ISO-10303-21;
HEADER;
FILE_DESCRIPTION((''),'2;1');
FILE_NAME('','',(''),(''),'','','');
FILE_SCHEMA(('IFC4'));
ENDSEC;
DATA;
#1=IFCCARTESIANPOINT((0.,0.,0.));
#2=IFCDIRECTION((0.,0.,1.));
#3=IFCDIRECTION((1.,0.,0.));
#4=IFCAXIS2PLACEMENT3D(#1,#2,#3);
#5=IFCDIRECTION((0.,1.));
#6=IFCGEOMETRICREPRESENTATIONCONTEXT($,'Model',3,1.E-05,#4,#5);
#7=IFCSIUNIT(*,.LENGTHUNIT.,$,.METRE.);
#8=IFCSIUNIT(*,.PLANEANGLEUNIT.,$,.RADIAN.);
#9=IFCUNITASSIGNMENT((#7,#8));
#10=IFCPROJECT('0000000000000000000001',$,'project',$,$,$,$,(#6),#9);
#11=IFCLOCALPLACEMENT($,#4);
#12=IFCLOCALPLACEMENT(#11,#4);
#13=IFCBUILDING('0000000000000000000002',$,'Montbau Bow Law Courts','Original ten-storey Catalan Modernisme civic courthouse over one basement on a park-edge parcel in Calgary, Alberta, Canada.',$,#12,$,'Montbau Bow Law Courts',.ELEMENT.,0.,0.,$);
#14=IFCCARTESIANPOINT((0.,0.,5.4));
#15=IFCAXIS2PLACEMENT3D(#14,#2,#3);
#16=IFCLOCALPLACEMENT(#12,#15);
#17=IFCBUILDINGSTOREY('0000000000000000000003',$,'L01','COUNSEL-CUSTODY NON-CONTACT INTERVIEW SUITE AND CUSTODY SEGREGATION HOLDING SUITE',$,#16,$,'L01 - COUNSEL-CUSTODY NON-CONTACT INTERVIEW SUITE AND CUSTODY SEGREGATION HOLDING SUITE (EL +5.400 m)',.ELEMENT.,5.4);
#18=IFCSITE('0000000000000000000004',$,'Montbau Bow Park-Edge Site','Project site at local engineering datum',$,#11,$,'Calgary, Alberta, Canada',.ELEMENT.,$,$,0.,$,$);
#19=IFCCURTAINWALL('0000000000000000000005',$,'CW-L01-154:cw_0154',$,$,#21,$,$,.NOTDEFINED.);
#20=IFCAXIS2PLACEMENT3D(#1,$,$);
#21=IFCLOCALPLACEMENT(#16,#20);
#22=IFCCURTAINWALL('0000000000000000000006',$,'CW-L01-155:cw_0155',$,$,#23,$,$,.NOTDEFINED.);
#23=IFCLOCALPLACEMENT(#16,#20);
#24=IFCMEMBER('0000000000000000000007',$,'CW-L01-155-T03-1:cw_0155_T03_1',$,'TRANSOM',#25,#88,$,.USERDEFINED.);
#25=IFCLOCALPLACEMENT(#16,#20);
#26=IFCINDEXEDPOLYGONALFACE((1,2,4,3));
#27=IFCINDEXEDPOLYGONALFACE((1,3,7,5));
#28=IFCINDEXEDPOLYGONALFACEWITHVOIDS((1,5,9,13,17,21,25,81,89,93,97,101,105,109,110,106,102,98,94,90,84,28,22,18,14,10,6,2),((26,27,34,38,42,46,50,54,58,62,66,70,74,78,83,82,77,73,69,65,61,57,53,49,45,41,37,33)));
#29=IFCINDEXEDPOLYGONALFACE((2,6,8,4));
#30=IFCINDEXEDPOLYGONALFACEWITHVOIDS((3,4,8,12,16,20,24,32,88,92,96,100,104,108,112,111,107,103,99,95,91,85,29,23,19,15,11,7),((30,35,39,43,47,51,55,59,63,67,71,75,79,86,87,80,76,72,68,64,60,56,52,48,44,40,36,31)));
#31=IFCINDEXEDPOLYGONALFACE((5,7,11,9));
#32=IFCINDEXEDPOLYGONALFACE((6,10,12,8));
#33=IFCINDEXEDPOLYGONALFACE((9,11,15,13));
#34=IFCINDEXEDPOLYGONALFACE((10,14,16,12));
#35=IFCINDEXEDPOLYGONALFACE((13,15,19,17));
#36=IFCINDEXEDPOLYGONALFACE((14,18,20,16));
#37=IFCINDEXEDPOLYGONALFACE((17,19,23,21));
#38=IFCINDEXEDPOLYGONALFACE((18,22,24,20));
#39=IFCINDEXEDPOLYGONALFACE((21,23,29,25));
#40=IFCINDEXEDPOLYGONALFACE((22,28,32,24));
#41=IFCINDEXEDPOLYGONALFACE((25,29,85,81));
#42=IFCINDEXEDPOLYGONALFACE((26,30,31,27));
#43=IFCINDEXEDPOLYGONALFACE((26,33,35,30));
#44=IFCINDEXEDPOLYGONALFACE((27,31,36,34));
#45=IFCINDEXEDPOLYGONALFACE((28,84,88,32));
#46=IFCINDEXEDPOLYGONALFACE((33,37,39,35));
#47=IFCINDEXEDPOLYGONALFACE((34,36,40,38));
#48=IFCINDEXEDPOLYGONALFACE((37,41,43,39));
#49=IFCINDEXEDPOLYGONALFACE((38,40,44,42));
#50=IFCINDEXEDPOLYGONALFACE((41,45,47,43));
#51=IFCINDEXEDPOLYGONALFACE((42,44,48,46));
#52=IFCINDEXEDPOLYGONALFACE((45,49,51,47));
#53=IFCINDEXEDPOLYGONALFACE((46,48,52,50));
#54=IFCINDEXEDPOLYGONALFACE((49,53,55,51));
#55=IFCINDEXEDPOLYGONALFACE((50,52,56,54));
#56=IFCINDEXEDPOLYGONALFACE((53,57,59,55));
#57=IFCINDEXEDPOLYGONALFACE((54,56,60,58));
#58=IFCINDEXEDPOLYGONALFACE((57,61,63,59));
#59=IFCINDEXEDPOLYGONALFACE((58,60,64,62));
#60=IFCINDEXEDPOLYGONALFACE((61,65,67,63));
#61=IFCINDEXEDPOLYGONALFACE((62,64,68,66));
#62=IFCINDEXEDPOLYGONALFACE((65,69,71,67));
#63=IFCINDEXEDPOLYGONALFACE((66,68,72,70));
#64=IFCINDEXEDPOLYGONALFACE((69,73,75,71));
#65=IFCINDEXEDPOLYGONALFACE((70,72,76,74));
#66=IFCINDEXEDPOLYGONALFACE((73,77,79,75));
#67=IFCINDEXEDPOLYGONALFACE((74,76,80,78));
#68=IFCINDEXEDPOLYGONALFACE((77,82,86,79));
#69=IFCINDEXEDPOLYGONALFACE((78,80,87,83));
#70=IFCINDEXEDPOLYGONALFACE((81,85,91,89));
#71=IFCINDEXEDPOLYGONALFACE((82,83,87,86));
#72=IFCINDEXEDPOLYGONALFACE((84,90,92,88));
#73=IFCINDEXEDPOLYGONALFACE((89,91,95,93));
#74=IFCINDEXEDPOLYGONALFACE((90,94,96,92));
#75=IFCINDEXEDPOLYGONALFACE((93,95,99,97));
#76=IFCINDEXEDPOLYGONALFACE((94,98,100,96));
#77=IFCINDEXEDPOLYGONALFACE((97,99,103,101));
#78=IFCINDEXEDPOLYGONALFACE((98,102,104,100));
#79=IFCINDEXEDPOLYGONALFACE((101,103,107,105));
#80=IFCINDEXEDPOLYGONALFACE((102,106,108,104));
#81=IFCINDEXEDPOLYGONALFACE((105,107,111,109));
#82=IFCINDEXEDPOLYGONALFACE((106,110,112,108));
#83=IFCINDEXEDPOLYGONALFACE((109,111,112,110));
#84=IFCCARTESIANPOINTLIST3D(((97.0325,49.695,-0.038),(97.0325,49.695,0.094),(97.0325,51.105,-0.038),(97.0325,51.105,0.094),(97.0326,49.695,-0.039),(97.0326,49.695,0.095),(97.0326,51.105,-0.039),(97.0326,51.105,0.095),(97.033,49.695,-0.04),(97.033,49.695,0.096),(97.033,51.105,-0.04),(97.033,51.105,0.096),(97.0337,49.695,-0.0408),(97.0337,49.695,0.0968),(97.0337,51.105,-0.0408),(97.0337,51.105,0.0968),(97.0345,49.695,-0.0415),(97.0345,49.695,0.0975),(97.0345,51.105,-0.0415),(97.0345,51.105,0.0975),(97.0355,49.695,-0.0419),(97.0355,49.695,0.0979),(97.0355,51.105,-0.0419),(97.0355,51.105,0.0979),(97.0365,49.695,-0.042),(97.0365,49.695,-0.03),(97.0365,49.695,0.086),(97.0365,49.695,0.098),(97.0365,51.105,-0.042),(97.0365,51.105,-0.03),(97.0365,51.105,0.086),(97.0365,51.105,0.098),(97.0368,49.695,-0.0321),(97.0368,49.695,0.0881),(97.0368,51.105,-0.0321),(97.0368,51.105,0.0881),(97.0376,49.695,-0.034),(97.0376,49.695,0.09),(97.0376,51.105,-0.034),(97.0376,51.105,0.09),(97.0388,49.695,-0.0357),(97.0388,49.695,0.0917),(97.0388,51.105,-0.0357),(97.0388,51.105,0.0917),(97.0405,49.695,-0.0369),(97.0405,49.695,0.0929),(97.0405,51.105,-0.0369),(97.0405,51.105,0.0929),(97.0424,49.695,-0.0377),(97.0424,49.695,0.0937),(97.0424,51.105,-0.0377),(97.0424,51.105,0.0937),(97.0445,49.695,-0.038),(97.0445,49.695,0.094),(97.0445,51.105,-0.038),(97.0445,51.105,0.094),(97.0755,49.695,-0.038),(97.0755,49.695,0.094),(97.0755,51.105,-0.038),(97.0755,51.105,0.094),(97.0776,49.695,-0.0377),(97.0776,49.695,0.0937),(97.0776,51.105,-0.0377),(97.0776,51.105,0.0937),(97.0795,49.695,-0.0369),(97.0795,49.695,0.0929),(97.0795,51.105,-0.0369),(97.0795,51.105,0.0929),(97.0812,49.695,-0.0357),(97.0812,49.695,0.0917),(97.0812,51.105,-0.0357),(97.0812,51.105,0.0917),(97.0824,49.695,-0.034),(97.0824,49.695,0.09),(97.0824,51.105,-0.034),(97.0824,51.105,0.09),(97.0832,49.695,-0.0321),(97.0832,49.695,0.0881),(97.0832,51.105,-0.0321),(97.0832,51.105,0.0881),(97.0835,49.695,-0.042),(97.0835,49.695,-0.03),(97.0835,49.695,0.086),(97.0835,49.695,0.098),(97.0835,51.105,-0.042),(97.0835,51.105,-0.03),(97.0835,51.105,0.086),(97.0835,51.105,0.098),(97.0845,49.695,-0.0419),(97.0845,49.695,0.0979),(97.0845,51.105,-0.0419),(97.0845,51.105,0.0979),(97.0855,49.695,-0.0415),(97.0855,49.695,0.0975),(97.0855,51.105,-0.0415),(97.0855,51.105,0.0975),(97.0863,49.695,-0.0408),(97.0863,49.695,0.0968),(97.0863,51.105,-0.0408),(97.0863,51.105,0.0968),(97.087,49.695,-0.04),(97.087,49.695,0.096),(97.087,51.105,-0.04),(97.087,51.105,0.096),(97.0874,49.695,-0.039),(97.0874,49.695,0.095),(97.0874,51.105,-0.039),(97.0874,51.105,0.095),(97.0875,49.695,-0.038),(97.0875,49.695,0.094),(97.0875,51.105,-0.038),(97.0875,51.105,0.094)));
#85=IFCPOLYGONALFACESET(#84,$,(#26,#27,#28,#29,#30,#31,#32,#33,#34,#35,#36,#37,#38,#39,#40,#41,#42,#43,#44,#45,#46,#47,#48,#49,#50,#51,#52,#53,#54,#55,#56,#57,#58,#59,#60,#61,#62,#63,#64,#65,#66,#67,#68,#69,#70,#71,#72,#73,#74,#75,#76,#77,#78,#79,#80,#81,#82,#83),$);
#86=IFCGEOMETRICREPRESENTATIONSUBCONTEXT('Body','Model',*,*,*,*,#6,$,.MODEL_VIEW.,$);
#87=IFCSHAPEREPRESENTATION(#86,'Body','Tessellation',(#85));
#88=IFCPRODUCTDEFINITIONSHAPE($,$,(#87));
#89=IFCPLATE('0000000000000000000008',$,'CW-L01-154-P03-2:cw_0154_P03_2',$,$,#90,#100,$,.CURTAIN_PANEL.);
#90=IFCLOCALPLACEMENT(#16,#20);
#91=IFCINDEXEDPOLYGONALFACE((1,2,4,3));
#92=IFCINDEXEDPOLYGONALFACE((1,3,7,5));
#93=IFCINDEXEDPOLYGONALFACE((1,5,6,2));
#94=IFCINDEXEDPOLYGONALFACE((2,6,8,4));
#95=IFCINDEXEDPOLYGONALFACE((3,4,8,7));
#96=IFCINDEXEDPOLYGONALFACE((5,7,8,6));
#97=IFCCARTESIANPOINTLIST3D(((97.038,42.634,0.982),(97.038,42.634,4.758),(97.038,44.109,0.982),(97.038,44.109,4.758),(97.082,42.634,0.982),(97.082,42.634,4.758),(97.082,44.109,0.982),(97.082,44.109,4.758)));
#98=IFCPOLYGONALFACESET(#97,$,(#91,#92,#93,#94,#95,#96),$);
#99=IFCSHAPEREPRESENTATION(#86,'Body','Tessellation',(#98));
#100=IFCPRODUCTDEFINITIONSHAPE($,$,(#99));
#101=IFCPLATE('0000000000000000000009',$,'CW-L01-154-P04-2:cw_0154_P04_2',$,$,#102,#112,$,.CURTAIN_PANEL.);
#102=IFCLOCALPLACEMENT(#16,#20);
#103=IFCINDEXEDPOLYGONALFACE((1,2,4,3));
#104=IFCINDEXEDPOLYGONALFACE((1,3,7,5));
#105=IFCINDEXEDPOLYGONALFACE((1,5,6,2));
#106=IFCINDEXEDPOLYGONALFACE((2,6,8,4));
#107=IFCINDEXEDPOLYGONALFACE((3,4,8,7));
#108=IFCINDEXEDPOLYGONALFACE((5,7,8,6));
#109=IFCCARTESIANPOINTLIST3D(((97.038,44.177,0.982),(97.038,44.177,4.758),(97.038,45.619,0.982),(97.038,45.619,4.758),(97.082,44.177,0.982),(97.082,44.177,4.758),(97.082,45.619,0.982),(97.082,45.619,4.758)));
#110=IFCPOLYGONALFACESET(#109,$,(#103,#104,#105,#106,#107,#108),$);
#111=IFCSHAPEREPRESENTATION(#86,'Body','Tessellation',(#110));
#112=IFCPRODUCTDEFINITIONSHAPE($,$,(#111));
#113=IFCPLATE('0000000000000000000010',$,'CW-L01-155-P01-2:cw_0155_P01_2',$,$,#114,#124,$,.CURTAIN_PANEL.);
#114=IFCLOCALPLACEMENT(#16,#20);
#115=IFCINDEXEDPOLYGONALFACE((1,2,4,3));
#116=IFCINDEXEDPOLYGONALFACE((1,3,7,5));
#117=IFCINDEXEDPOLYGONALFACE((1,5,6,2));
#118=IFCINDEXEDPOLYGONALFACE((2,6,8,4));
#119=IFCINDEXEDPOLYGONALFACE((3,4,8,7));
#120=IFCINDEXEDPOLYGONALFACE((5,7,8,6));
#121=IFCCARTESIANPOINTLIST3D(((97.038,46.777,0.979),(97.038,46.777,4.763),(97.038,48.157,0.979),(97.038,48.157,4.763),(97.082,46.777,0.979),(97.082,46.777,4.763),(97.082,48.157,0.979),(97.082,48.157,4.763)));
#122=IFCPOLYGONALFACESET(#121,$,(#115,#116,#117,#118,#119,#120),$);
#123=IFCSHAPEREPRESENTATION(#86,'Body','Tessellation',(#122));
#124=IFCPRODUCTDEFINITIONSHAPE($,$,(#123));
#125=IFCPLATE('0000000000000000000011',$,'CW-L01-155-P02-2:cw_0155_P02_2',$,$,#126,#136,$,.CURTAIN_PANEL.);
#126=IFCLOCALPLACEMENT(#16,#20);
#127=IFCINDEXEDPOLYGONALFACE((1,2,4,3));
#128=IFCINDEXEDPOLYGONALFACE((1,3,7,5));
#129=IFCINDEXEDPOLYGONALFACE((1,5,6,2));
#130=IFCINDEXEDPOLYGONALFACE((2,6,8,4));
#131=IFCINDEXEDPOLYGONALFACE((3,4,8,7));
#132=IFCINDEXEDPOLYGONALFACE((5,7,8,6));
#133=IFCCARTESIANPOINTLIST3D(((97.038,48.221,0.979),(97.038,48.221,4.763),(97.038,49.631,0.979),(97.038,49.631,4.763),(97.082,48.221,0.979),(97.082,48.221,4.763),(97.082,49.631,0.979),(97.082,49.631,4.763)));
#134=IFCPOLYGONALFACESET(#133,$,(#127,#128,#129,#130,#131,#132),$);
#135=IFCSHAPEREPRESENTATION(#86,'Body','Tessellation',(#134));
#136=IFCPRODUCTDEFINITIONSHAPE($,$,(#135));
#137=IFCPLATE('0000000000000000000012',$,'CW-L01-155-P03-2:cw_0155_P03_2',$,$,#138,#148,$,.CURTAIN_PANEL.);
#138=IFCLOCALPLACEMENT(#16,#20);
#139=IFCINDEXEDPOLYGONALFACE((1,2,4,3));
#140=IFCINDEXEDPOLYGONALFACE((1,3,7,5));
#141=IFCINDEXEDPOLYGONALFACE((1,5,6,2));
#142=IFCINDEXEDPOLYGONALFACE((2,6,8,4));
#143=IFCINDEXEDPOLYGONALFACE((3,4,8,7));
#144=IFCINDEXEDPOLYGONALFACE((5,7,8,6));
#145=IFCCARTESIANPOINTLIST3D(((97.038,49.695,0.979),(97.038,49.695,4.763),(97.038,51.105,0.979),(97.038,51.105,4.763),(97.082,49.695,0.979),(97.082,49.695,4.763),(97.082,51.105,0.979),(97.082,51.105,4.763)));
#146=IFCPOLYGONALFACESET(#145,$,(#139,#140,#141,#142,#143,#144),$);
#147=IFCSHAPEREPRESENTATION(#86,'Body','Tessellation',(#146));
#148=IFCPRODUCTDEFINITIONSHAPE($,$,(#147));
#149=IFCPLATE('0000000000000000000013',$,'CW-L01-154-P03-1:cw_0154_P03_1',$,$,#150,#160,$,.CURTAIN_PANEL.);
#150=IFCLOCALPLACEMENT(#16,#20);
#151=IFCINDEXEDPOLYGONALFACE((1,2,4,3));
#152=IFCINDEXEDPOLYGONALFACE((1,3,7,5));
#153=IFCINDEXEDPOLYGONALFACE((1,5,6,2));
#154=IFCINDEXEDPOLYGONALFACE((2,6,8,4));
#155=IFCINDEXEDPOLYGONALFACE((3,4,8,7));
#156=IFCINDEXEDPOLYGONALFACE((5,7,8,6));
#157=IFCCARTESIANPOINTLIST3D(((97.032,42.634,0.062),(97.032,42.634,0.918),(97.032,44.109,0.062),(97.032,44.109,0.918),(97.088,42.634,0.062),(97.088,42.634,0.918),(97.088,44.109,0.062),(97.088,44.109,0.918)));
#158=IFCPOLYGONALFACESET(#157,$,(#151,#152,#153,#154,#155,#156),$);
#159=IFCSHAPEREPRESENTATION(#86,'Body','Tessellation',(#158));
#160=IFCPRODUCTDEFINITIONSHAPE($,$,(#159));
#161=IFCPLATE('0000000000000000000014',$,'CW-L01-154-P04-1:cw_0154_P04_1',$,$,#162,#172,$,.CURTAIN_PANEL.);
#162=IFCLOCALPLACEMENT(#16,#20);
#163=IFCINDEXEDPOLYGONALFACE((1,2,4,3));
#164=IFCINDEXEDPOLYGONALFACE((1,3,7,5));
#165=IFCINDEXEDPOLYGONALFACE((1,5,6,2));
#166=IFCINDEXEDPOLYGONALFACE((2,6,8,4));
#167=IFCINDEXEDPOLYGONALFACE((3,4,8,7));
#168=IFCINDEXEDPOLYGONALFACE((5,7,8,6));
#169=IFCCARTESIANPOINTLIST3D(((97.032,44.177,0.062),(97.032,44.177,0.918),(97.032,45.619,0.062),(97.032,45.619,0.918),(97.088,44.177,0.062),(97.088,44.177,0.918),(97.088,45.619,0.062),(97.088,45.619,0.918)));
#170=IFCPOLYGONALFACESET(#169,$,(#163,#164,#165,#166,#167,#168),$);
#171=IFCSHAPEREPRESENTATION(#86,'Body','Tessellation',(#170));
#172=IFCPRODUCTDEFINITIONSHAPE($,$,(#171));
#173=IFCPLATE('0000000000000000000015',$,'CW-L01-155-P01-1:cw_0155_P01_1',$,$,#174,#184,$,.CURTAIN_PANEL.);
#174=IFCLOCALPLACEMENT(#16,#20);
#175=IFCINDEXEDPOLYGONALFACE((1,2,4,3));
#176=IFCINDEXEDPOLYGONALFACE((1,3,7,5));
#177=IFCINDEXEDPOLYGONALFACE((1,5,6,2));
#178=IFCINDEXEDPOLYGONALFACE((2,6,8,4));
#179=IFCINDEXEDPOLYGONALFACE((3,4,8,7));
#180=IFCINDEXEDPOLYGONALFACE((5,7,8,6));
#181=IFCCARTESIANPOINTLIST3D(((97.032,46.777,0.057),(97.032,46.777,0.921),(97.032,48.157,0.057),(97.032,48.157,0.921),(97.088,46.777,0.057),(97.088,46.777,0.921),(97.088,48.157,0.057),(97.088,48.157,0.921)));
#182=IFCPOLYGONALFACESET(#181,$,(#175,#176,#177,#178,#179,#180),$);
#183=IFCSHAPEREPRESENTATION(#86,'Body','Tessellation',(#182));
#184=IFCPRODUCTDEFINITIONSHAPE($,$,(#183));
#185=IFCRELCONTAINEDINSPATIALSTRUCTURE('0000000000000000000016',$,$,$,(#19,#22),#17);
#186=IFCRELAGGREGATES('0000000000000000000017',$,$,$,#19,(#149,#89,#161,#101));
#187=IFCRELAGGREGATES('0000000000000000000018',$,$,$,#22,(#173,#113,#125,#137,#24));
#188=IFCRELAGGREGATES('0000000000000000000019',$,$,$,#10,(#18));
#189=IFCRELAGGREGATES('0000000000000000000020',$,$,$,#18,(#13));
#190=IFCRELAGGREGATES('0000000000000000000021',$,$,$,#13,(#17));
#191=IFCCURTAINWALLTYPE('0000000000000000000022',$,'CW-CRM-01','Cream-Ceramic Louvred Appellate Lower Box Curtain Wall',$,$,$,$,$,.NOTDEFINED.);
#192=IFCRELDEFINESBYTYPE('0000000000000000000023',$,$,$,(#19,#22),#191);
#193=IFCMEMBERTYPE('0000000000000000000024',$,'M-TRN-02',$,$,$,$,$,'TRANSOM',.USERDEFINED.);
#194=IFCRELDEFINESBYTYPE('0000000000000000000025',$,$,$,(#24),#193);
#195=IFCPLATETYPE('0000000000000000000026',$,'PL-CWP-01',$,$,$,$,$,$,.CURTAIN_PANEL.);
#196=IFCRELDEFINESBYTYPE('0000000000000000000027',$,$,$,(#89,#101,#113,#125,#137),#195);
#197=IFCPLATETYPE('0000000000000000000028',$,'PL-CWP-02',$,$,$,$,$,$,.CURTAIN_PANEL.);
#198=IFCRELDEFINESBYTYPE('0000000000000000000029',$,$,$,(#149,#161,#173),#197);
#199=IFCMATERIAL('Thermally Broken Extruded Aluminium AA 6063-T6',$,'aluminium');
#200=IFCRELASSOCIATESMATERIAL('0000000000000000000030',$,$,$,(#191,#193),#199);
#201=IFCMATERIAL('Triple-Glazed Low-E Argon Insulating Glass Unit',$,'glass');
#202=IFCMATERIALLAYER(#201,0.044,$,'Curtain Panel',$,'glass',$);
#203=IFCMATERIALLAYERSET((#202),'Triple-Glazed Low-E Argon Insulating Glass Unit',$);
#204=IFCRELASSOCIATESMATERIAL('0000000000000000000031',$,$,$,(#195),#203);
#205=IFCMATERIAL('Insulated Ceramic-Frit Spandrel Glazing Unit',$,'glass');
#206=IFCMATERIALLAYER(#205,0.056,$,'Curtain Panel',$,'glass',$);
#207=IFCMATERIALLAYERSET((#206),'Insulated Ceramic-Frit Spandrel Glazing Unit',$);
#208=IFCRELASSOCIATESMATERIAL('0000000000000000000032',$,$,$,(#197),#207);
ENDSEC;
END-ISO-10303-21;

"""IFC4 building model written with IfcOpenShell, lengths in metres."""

from ifc_helpers import new_model, si_unit, direction, frame, frame_2d, origin_with_axes, origin_2d_with_axis, place, context, subcontext, project, spatial, rectangle, hollow_rectangle, extrude, material, layer, layer_set, material_profile, profile_set, type_object, element, aggregate, save


model = new_model("IFC4")

# Units and contexts
model_context = context("Model", 3, precision=1e-05, world=origin_with_axes(), true_north=direction((0.0, 1.0)))
body_context = subcontext(model_context, "Body", "Model", "MODEL_VIEW")
ifc_project = project(units=[si_unit("LENGTHUNIT", "METRE"), si_unit("PLANEANGLEUNIT", "RADIAN")], contexts=[model_context])

# Site, building, storey
site_placement = place(None, origin_with_axes())
site = spatial("IfcSite", under=ifc_project, at=site_placement, Name="Montbau Bow Park-Edge Site", Description="Project site at local engineering datum", LongName="Calgary, Alberta, Canada", CompositionType="ELEMENT", RefElevation=0.0)
building_placement = place(site_placement, origin_with_axes())
building = spatial("IfcBuilding", under=site, at=building_placement, Name="Montbau Bow Law Courts", Description="Original ten-storey Catalan Modernisme civic courthouse over one basement on a park-edge parcel in Calgary, Alberta, Canada.", LongName="Montbau Bow Law Courts", CompositionType="ELEMENT", ElevationOfRefHeight=0.0, ElevationOfTerrain=0.0)
storey_placement = place(building_placement, frame((0.0, 0.0, 5.4), z_axis=(0.0, 0.0, 1.0), x_axis=(1.0, 0.0, 0.0)))
storey = spatial("IfcBuildingStorey", under=building, at=storey_placement, Name="L01", Description="COUNSEL-CUSTODY NON-CONTACT INTERVIEW SUITE AND CUSTODY SEGREGATION HOLDING SUITE", LongName="L01 - COUNSEL-CUSTODY NON-CONTACT INTERVIEW SUITE AND CUSTODY SEGREGATION HOLDING SUITE (EL +5.400 m)", CompositionType="ELEMENT", Elevation=5.4)

# Curtain walls
ifc_material_1 = material(Name="Thermally Broken Extruded Aluminium AA 6063-T6", Category="aluminium")
curtain_wall_type = type_object("IfcCurtainWallType", Name="CW-CRM-01", Description="Cream-Ceramic Louvred Appellate Lower Box Curtain Wall", PredefinedType="NOTDEFINED", material=ifc_material_1)
curtain_wall_1_placement = place(None, frame((97.06, 39.515, 5.4), z_axis=(0.0, 0.0, 1.0), x_axis=(1.0, 0.0, 0.0)))
curtain_wall_1 = element("IfcCurtainWall", 1, at=curtain_wall_1_placement, inside=storey, type_object=curtain_wall_type, Name="CW-L01-154:cw_0154", PredefinedType="NOTDEFINED")
curtain_wall_2_placement = place(None, frame((97.06, 46.715, 5.4), z_axis=(0.0, 0.0, 1.0), x_axis=(1.0, 0.0, 0.0)))
curtain_wall_2 = element("IfcCurtainWall", 2, at=curtain_wall_2_placement, inside=storey, type_object=curtain_wall_type, Name="CW-L01-155:cw_0155", PredefinedType="NOTDEFINED")

# Member
ifc_material_profile_1 = material_profile(ifc_material_1, hollow_rectangle(XDim=0.055, YDim=0.14, WallThickness=0.004, InnerFilletRadius=0.008, OuterFilletRadius=0.004, at=origin_2d_with_axis()), Name="CWT-140X55", Category="Main", Priority=0)
ifc_profile_set_1 = profile_set([ifc_material_profile_1], Name="Thermally Broken Extruded Aluminium AA 6063-T6")
member_type_1 = type_object("IfcMemberType", Name="M-TRN-02", ElementType="TRANSOM", PredefinedType="USERDEFINED", material=ifc_profile_set_1)
member_1_placement = place(None, frame((97.06, 49.695, 5.428), z_axis=(0.0, 1.0, 0.0), x_axis=(-1.0, 0.0, 0.0)))
member_1 = element("IfcMember", 3, at=member_1_placement, type_object=member_type_1, Name="CW-L01-155-T03-1:cw_0155_T03_1", ObjectType="TRANSOM", PredefinedType="USERDEFINED", context=body_context, shape_type="SweptSolid", body=[
    extrude(hollow_rectangle(XDim=0.055, YDim=0.14, WallThickness=0.004, InnerFilletRadius=0.008, OuterFilletRadius=0.004, at=origin_2d_with_axis()), origin_with_axes(), (0.0, 0.0, 1.0), 1.41),
])

# Plates
ifc_material_2 = material(Name="Triple-Glazed Low-E Argon Insulating Glass Unit", Category="glass")
ifc_layer_1 = layer(ifc_material_2, 0.044, Name="Curtain Panel", Category="glass")
ifc_layer_set_1 = layer_set([ifc_layer_1], Name="Triple-Glazed Low-E Argon Insulating Glass Unit")
plate_type_1 = type_object("IfcPlateType", Name="PL-CWP-01", PredefinedType="CURTAIN_PANEL", material=ifc_layer_set_1)
plate_1_placement = place(None, frame((97.06, 42.634, 6.382), z_axis=(1.0, 0.0, 0.0), x_axis=(0.0, 1.0, 0.0)))
plate_1 = element("IfcPlate", 4, at=plate_1_placement, type_object=plate_type_1, Name="CW-L01-154-P03-2:cw_0154_P03_2", PredefinedType="CURTAIN_PANEL", context=body_context, shape_type="SweptSolid", body=[
    extrude(rectangle(XDim=1.475, YDim=3.776, at=frame_2d((0.7375, 1.888), x_axis=(1.0, 0.0))), frame((0.0, 0.0, -0.022), z_axis=(0.0, 0.0, 1.0), x_axis=(1.0, 0.0, 0.0)), (0.0, 0.0, 1.0), 0.044),
])
plate_2_placement = place(None, frame((97.06, 44.177, 6.382), z_axis=(1.0, 0.0, 0.0), x_axis=(0.0, 1.0, 0.0)))
plate_2 = element("IfcPlate", 5, at=plate_2_placement, type_object=plate_type_1, Name="CW-L01-154-P04-2:cw_0154_P04_2", PredefinedType="CURTAIN_PANEL", context=body_context, shape_type="SweptSolid", body=[
    extrude(rectangle(XDim=1.442, YDim=3.776, at=frame_2d((0.721, 1.888), x_axis=(1.0, 0.0))), frame((0.0, 0.0, -0.022), z_axis=(0.0, 0.0, 1.0), x_axis=(1.0, 0.0, 0.0)), (0.0, 0.0, 1.0), 0.044),
])
plate_3_placement = place(None, frame((97.06, 46.777, 6.379), z_axis=(1.0, 0.0, 0.0), x_axis=(0.0, 1.0, 0.0)))
plate_3 = element("IfcPlate", 6, at=plate_3_placement, type_object=plate_type_1, Name="CW-L01-155-P01-2:cw_0155_P01_2", PredefinedType="CURTAIN_PANEL", context=body_context, shape_type="SweptSolid", body=[
    extrude(rectangle(XDim=1.38, YDim=3.784, at=frame_2d((0.69, 1.892), x_axis=(1.0, 0.0))), frame((0.0, 0.0, -0.022), z_axis=(0.0, 0.0, 1.0), x_axis=(1.0, 0.0, 0.0)), (0.0, 0.0, 1.0), 0.044),
])
plate_4_placement = place(None, frame((97.06, 48.221, 6.379), z_axis=(1.0, 0.0, 0.0), x_axis=(0.0, 1.0, 0.0)))
plate_4 = element("IfcPlate", 7, at=plate_4_placement, type_object=plate_type_1, Name="CW-L01-155-P02-2:cw_0155_P02_2", PredefinedType="CURTAIN_PANEL", context=body_context, shape_type="SweptSolid", body=[
    extrude(rectangle(XDim=1.41, YDim=3.784, at=frame_2d((0.705, 1.892), x_axis=(1.0, 0.0))), frame((0.0, 0.0, -0.022), z_axis=(0.0, 0.0, 1.0), x_axis=(1.0, 0.0, 0.0)), (0.0, 0.0, 1.0), 0.044),
])
plate_5_placement = place(None, frame((97.06, 49.695, 6.379), z_axis=(1.0, 0.0, 0.0), x_axis=(0.0, 1.0, 0.0)))
plate_5 = element("IfcPlate", 8, at=plate_5_placement, type_object=plate_type_1, Name="CW-L01-155-P03-2:cw_0155_P03_2", PredefinedType="CURTAIN_PANEL", context=body_context, shape_type="SweptSolid", body=[
    extrude(rectangle(XDim=1.41, YDim=3.784, at=frame_2d((0.705, 1.892), x_axis=(1.0, 0.0))), frame((0.0, 0.0, -0.022), z_axis=(0.0, 0.0, 1.0), x_axis=(1.0, 0.0, 0.0)), (0.0, 0.0, 1.0), 0.044),
])
ifc_material_3 = material(Name="Insulated Ceramic-Frit Spandrel Glazing Unit", Category="glass")
ifc_layer_2 = layer(ifc_material_3, 0.056, Name="Curtain Panel", Category="glass")
ifc_layer_set_2 = layer_set([ifc_layer_2], Name="Insulated Ceramic-Frit Spandrel Glazing Unit")
plate_type_2 = type_object("IfcPlateType", Name="PL-CWP-02", PredefinedType="CURTAIN_PANEL", material=ifc_layer_set_2)
plate_6_placement = place(None, frame((97.06, 42.634, 5.462), z_axis=(1.0, 0.0, 0.0), x_axis=(0.0, 1.0, 0.0)))
plate_6 = element("IfcPlate", 9, at=plate_6_placement, type_object=plate_type_2, Name="CW-L01-154-P03-1:cw_0154_P03_1", PredefinedType="CURTAIN_PANEL", context=body_context, shape_type="SweptSolid", body=[
    extrude(rectangle(XDim=1.475, YDim=0.856, at=frame_2d((0.7375, 0.428), x_axis=(1.0, 0.0))), frame((0.0, 0.0, -0.028), z_axis=(0.0, 0.0, 1.0), x_axis=(1.0, 0.0, 0.0)), (0.0, 0.0, 1.0), 0.056),
])
plate_7_placement = place(None, frame((97.06, 44.177, 5.462), z_axis=(1.0, 0.0, 0.0), x_axis=(0.0, 1.0, 0.0)))
plate_7 = element("IfcPlate", 10, at=plate_7_placement, type_object=plate_type_2, Name="CW-L01-154-P04-1:cw_0154_P04_1", PredefinedType="CURTAIN_PANEL", context=body_context, shape_type="SweptSolid", body=[
    extrude(rectangle(XDim=1.442, YDim=0.856, at=frame_2d((0.721, 0.428), x_axis=(1.0, 0.0))), frame((0.0, 0.0, -0.028), z_axis=(0.0, 0.0, 1.0), x_axis=(1.0, 0.0, 0.0)), (0.0, 0.0, 1.0), 0.056),
])
aggregate(curtain_wall_1, [plate_6, plate_1, plate_7, plate_2])
plate_8_placement = place(None, frame((97.06, 46.777, 5.457), z_axis=(1.0, 0.0, 0.0), x_axis=(0.0, 1.0, 0.0)))
plate_8 = element("IfcPlate", 11, at=plate_8_placement, type_object=plate_type_2, Name="CW-L01-155-P01-1:cw_0155_P01_1", PredefinedType="CURTAIN_PANEL", context=body_context, shape_type="SweptSolid", body=[
    extrude(rectangle(XDim=1.38, YDim=0.864, at=frame_2d((0.69, 0.432), x_axis=(1.0, 0.0))), frame((0.0, 0.0, -0.028), z_axis=(0.0, 0.0, 1.0), x_axis=(1.0, 0.0, 0.0)), (0.0, 0.0, 1.0), 0.056),
])
aggregate(curtain_wall_2, [plate_8, plate_3, plate_4, plate_5, member_1])

save(model, "model.ifc")
